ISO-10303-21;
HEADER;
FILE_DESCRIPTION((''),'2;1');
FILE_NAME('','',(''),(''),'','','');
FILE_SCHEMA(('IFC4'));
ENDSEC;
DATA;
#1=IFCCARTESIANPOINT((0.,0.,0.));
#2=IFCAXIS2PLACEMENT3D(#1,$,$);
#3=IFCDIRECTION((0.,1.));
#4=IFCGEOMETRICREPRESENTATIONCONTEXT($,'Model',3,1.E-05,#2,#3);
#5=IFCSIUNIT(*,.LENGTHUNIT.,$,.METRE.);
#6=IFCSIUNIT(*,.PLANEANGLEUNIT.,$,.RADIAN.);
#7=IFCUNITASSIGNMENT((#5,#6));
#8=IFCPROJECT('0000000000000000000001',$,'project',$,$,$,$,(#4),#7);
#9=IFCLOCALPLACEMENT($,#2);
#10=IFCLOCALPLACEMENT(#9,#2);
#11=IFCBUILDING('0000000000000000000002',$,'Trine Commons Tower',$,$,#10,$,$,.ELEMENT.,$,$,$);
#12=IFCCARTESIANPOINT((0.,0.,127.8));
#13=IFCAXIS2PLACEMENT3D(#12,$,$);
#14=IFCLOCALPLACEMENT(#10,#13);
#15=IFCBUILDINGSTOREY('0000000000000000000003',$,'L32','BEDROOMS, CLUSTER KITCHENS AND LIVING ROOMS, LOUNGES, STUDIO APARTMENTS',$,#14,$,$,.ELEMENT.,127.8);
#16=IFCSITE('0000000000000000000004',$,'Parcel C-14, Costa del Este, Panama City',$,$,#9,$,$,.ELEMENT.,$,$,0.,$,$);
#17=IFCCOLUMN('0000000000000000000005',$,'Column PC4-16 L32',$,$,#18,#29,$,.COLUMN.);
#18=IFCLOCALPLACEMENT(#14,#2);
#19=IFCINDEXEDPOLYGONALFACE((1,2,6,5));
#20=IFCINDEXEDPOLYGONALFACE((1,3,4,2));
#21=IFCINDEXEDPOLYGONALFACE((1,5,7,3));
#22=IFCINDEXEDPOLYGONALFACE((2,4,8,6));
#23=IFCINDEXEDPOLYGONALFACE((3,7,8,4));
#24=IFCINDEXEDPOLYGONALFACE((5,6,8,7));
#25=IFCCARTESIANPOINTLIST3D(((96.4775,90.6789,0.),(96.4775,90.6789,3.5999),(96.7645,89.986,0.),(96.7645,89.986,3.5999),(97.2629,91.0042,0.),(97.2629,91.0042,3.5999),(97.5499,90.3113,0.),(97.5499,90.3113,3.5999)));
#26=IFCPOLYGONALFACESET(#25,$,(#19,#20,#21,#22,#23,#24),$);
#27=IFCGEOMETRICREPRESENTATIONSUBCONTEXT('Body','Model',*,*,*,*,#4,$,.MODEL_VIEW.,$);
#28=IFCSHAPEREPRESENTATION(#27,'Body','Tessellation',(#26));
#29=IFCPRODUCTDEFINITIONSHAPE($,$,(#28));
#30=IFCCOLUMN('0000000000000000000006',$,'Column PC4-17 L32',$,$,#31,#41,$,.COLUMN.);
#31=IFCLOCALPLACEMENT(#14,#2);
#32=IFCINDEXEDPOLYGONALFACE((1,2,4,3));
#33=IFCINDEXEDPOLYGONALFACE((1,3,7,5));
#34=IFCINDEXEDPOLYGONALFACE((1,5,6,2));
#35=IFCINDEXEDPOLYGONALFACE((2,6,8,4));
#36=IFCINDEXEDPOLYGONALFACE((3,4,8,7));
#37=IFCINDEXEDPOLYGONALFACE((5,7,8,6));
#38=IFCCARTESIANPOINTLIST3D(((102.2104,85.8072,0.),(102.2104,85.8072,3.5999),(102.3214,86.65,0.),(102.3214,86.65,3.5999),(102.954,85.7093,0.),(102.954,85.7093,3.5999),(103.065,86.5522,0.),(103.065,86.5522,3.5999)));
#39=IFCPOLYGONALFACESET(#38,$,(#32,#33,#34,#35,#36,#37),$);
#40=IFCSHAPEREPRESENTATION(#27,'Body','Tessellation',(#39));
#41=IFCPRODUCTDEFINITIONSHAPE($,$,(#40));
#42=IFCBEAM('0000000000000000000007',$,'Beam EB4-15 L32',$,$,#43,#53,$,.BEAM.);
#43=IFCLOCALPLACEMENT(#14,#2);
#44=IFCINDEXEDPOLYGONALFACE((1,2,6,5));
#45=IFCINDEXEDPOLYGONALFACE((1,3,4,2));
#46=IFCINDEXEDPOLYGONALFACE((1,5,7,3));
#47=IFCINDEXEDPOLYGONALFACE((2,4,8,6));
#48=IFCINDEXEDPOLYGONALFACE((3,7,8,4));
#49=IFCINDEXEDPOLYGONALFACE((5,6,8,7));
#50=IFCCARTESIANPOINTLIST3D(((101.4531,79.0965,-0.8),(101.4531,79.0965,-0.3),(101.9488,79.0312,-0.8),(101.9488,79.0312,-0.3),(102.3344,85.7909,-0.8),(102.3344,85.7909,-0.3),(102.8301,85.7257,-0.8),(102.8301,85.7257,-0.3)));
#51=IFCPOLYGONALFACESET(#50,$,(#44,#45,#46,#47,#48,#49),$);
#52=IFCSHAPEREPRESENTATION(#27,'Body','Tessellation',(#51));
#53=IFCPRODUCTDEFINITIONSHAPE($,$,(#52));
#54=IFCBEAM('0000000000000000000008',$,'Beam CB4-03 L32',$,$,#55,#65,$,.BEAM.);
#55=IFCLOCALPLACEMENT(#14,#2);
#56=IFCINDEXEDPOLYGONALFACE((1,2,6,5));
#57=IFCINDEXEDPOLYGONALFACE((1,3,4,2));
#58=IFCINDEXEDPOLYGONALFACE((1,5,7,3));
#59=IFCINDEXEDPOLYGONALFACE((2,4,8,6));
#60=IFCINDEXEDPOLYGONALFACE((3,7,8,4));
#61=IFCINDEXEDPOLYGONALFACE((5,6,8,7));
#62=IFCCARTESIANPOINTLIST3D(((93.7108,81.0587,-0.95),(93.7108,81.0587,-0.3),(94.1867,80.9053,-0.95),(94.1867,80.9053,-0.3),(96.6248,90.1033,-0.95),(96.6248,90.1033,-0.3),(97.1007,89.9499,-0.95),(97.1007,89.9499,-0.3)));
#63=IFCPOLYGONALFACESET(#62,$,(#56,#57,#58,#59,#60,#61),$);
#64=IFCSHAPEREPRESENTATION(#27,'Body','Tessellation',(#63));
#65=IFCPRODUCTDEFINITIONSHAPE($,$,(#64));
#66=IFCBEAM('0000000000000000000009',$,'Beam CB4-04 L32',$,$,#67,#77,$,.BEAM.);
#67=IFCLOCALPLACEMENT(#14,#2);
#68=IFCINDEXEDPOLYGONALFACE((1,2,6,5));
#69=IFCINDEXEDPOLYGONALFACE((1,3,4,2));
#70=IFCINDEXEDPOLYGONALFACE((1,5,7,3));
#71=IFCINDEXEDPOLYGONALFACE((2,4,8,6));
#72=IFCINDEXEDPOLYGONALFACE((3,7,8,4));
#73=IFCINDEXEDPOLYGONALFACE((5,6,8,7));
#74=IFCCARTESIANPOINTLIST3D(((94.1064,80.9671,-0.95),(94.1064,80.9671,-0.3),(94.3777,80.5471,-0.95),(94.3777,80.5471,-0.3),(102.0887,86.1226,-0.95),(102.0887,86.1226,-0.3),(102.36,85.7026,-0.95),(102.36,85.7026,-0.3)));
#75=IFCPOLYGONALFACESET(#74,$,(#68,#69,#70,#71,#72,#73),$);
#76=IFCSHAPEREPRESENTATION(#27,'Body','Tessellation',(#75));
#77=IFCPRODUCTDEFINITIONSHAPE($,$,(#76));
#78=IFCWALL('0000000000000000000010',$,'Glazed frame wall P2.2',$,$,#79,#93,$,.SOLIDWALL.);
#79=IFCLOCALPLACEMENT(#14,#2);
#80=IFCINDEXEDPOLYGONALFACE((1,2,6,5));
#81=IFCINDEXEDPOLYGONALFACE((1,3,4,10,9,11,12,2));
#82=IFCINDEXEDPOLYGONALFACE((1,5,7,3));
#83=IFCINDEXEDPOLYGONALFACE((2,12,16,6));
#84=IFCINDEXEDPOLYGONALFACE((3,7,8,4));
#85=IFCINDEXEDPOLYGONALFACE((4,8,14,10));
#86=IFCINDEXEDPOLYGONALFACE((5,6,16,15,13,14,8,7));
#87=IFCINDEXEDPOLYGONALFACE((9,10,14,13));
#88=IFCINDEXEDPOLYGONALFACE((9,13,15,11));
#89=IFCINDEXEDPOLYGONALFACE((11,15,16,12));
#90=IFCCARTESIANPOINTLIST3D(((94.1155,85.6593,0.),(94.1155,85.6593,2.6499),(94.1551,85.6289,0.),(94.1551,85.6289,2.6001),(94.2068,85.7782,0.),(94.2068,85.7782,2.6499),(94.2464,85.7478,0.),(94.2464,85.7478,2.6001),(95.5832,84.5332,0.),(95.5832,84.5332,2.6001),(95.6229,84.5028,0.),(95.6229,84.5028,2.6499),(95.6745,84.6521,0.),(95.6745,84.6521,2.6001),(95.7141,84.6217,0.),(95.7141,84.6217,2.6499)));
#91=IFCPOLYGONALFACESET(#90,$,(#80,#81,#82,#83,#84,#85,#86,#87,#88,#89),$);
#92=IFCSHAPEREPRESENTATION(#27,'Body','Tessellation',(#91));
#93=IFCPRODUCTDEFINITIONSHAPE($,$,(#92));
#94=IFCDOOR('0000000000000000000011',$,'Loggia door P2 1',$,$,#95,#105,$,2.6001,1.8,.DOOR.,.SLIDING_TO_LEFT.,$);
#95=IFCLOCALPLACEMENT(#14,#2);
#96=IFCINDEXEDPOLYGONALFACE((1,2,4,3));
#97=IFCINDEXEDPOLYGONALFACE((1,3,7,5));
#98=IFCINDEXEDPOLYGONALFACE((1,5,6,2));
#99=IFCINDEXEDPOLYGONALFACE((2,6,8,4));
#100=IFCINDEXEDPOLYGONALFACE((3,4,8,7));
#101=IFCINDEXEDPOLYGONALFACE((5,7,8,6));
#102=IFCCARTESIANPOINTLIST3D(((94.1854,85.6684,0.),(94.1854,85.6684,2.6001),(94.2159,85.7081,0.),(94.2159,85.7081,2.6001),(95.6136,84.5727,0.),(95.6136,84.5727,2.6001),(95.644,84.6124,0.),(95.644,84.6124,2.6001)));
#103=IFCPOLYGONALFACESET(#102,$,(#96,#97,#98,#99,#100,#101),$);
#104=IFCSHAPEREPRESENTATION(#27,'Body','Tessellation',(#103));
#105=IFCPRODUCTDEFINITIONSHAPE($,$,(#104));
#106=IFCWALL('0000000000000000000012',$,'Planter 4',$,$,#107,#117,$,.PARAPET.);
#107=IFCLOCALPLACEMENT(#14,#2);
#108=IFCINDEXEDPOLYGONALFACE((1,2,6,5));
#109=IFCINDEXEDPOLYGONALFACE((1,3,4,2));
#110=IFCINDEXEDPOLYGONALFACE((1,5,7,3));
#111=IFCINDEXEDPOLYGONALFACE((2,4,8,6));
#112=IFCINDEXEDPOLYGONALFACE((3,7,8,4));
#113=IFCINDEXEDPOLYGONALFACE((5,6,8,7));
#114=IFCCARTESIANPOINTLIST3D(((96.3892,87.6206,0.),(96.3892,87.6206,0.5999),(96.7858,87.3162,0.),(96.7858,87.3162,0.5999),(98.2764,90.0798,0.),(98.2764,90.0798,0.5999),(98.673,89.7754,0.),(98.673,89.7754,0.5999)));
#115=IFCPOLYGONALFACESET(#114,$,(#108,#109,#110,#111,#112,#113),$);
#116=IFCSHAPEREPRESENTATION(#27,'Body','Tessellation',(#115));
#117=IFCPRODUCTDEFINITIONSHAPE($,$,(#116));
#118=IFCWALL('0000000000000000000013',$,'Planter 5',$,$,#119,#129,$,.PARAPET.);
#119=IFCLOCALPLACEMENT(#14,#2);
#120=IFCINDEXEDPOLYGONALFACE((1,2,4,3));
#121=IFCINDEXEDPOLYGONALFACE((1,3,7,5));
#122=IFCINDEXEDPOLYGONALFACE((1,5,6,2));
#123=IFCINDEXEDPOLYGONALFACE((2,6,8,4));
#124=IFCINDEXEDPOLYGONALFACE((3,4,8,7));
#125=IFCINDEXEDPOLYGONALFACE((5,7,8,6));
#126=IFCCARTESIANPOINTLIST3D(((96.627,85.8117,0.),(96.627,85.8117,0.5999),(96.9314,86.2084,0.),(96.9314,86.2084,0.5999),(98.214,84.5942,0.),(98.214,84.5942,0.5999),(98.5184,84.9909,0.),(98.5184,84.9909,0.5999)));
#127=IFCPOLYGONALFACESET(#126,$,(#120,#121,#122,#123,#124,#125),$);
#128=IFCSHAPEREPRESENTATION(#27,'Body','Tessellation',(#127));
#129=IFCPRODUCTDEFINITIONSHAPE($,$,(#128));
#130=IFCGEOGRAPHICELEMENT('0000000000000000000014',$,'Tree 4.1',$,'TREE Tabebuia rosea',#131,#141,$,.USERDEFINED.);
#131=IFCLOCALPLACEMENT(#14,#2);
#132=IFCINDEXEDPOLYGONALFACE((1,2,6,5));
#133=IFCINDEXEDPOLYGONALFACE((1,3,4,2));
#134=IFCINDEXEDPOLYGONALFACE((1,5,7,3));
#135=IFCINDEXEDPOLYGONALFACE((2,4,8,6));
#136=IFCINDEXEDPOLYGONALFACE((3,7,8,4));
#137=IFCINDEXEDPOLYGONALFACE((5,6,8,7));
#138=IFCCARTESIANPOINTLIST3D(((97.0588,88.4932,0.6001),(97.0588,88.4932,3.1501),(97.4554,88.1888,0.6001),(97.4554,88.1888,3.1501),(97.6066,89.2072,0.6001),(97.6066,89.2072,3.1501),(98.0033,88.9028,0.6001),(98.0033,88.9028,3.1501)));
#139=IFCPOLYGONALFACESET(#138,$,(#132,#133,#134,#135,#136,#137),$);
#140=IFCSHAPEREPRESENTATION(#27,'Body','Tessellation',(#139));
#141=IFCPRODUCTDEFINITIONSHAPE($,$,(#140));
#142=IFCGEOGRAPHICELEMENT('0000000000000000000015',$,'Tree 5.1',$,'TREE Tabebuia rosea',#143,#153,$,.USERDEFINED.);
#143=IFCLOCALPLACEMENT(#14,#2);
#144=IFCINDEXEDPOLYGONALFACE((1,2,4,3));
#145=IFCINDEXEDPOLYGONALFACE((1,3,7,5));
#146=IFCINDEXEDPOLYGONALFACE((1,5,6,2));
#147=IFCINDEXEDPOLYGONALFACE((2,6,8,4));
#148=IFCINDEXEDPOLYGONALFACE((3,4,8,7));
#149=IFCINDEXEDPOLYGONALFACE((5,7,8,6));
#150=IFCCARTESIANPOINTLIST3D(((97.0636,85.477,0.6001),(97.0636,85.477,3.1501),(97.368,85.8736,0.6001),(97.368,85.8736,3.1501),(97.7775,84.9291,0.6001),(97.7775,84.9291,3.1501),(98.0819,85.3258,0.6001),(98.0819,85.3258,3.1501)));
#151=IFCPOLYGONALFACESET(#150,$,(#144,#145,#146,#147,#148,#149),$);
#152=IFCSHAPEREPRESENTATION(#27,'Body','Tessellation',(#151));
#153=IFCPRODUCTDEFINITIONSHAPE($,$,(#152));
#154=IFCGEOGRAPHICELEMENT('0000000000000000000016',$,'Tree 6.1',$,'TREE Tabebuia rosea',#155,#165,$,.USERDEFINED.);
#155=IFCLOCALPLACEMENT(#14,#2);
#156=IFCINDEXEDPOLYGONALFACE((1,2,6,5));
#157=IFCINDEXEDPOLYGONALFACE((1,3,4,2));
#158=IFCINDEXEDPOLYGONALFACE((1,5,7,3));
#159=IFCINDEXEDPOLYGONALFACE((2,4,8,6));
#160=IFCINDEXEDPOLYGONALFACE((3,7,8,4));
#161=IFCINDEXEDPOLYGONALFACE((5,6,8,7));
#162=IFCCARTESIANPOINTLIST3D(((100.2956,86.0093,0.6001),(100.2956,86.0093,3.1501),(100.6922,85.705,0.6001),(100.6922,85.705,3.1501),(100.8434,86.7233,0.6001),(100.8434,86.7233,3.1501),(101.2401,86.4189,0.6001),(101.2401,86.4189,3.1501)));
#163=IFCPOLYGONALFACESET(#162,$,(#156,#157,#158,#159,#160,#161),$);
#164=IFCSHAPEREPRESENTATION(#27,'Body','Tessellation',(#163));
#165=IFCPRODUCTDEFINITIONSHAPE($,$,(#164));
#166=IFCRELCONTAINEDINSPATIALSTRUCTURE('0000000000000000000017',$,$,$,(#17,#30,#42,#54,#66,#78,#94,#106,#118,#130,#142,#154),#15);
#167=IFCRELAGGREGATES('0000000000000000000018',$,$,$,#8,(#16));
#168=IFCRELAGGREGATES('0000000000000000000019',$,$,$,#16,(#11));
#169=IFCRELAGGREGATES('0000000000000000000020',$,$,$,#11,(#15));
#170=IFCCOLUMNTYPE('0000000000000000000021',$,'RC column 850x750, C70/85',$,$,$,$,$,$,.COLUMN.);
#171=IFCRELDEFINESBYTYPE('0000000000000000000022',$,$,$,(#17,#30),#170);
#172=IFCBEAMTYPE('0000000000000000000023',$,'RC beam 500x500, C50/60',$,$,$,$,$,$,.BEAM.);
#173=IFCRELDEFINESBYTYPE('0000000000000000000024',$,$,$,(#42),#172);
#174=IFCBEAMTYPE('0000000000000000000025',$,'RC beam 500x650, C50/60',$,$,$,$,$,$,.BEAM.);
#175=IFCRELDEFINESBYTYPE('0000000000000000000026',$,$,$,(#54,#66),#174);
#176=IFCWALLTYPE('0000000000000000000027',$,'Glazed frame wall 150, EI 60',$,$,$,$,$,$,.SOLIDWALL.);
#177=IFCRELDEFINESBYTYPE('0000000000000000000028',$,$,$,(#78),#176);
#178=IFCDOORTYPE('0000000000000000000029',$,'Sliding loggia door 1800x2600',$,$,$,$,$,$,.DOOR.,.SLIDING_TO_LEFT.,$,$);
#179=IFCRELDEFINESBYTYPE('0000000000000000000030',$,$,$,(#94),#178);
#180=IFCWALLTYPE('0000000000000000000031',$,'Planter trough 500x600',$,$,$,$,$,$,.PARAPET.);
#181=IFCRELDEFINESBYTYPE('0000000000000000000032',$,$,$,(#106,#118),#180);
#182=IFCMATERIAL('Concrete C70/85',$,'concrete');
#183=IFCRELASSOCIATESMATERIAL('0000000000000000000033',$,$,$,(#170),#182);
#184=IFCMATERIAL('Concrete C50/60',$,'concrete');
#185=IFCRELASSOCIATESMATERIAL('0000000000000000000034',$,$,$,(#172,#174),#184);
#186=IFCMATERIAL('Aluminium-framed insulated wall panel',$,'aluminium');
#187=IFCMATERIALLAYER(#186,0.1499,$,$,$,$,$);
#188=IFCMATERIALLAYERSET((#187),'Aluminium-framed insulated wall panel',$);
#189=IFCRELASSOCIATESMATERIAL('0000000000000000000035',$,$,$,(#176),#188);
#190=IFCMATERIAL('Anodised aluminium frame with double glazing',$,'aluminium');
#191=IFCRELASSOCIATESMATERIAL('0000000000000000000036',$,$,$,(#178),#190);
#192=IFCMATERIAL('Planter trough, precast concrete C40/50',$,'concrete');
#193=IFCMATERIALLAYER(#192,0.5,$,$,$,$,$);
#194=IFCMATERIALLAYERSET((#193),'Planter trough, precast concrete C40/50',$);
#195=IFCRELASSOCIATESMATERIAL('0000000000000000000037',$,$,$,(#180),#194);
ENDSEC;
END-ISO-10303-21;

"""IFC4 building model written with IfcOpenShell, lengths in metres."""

from ifc_helpers import new_model, si_unit, direction, frame, frame_2d, origin, origin_2d, place, context, subcontext, project, spatial, polyline, rectangle, outline, extrude, material, layer, layer_set, material_profile, profile_set, type_object, element, fill, save


model = new_model("IFC4")

# Units and contexts
model_context = context("Model", 3, precision=1e-05, world=origin(), true_north=direction((0.0, 1.0)))
body_context = subcontext(model_context, "Body", "Model", "MODEL_VIEW")
ifc_project = project(units=[si_unit("LENGTHUNIT", "METRE"), si_unit("PLANEANGLEUNIT", "RADIAN")], contexts=[model_context])

# Site, building, storey
site_placement = place(None, origin())
site = spatial("IfcSite", under=ifc_project, at=site_placement, Name="Parcel C-14, Costa del Este, Panama City", CompositionType="ELEMENT", RefElevation=0.0)
building_placement = place(site_placement, origin())
building = spatial("IfcBuilding", under=site, at=building_placement, Name="Trine Commons Tower", CompositionType="ELEMENT")
storey_placement = place(building_placement, frame((0.0, 0.0, 127.8)))
storey = spatial("IfcBuildingStorey", under=building, at=storey_placement, Name="L32", Description="BEDROOMS, CLUSTER KITCHENS AND LIVING ROOMS, LOUNGES, STUDIO APARTMENTS", CompositionType="ELEMENT", Elevation=127.8)

# Columns
ifc_material_1 = material(Name="Concrete C70/85", Category="concrete")
ifc_material_profile_1 = material_profile(ifc_material_1, rectangle(XDim=0.8501, YDim=0.75, at=origin_2d()), Name="RC 850x750")
ifc_profile_set_1 = profile_set([ifc_material_profile_1], Name="Concrete C70/85")
column_type = type_object("IfcColumnType", Name="RC column 850x750, C70/85", PredefinedType="COLUMN", material=ifc_profile_set_1)
for number, where, z_axis, x_axis, name in (
    (1, (97.0137, 90.4951, 0.0), (0.0, 0.0, 1.0), (0.92388, 0.382683, 0.0), "Column PC4-16 L32"),
    (2, (102.6377, 86.1797, 0.0), (0.0, 0.0, 1.0), (0.130526, 0.991445, 0.0), "Column PC4-17 L32"),
):
    element("IfcColumn", number, at=place(storey_placement, frame(where, z_axis=z_axis, x_axis=x_axis)), inside=storey, type_object=column_type, Name=name, PredefinedType="COLUMN", context=body_context, shape_type="SweptSolid", body=[
        extrude(rectangle(XDim=0.8501, YDim=0.75, at=origin_2d()), origin(), (0.0, 0.0, 1.0), 3.5999),
    ])

# Beams
ifc_material_2 = material(Name="Concrete C50/60", Category="concrete")
ifc_material_profile_2 = material_profile(ifc_material_2, rectangle(XDim=0.5, YDim=0.5, at=origin_2d()), Name="RC 500x500")
ifc_profile_set_2 = profile_set([ifc_material_profile_2], Name="Concrete C50/60")
beam_type_1 = type_object("IfcBeamType", Name="RC beam 500x500, C50/60", PredefinedType="BEAM", material=ifc_profile_set_2)
beam_placement = place(storey_placement, frame((102.5823, 85.7583, -0.55), z_axis=(-0.130529, -0.991444, 0.0), x_axis=(0.991444, -0.130529, 0.0)))
element("IfcBeam", 3, at=beam_placement, inside=storey, type_object=beam_type_1, Name="Beam EB4-15 L32", PredefinedType="BEAM", context=body_context, shape_type="SweptSolid", body=[
    extrude(rectangle(XDim=0.5, YDim=0.5, at=origin_2d()), origin(), (0.0, 0.0, 1.0), 6.7522),
])
ifc_material_profile_3 = material_profile(ifc_material_2, rectangle(XDim=0.5, YDim=0.6499, at=origin_2d()), Name="RC 500x650")
ifc_profile_set_3 = profile_set([ifc_material_profile_3], Name="Concrete C50/60")
beam_type_2 = type_object("IfcBeamType", Name="RC beam 500x650, C50/60", PredefinedType="BEAM", material=ifc_profile_set_3)
for number, where, z_axis, x_axis, name in (
    (4, (96.8628, 90.0266, -0.625), (-0.306662, -0.951818, 0.0), (0.951818, -0.306662, 0.0), "Beam CB4-03 L32"),
    (5, (102.2244, 85.9126, -0.625), (-0.84003, -0.542541, 0.0), (0.542541, -0.84003, 0.0), "Beam CB4-04 L32"),
):
    element("IfcBeam", number, at=place(storey_placement, frame(where, z_axis=z_axis, x_axis=x_axis)), inside=storey, type_object=beam_type_2, Name=name, PredefinedType="BEAM", context=body_context, shape_type="SweptSolid", body=[
        extrude(rectangle(XDim=0.5, YDim=0.6499, at=origin_2d()), origin(), (0.0, 0.0, 1.0), 9.5024),
    ])

# Shared definitions
ifc_material_3 = material(Name="Aluminium-framed insulated wall panel", Category="aluminium")
ifc_layer_1 = layer(ifc_material_3, 0.1499)
ifc_layer_set_1 = layer_set([ifc_layer_1], Name="Aluminium-framed insulated wall panel")
wall_type_1 = type_object("IfcWallType", Name="Glazed frame wall 150, EI 60", PredefinedType="SOLIDWALL", material=ifc_layer_set_1)

# Wall, opening, door
wall_1_placement = place(storey_placement, frame((94.1611, 85.7188, 0.0), z_axis=(0.0, 0.0, 1.0), x_axis=(0.793383, -0.608723, 0.0)))
wall_1 = element("IfcWall", 6, at=wall_1_placement, inside=storey, type_object=wall_type_1, Name="Glazed frame wall P2.2", PredefinedType="SOLIDWALL", context=body_context, shape_type="SweptSolid", body=[
    extrude(outline(polyline([(0.0, -0.075), (1.8999, -0.075), (1.8999, 0.075), (0.0, 0.075), (0.0, -0.075)])), origin(), (0.0, 0.0, 1.0), 2.6499),
])
opening_placement = place(wall_1_placement, frame((0.05, 0.0, 0.0)))
opening = element("IfcOpeningElement", 7, at=opening_placement, cuts=wall_1, PredefinedType="OPENING", context=body_context, shape_type="SweptSolid", body=[
    extrude(rectangle(XDim=1.8, YDim=2.6001, at=frame_2d((0.8999, 1.3))), frame((0.0, 0.085, 0.0), z_axis=(0.0, -1.0, 0.0), x_axis=(1.0, 0.0, 0.0)), (0.0, 0.0, 1.0), 0.1699),
])
ifc_material_4 = material(Name="Anodised aluminium frame with double glazing", Category="aluminium")
door_type = type_object("IfcDoorType", Name="Sliding loggia door 1800x2600", OperationType="SLIDING_TO_LEFT", PredefinedType="DOOR", material=ifc_material_4)
door_placement = place(opening_placement, origin())
door = element("IfcDoor", 8, at=door_placement, inside=storey, type_object=door_type, Name="Loggia door P2 1", OperationType="SLIDING_TO_LEFT", OverallHeight=2.6001, OverallWidth=1.8, PredefinedType="DOOR", context=body_context, shape_type="SweptSolid", body=[
    extrude(rectangle(XDim=1.8, YDim=2.6001, at=frame_2d((0.8999, 1.3))), frame((0.0, 0.0249, 0.0), z_axis=(0.0, -1.0, 0.0), x_axis=(1.0, 0.0, 0.0)), (0.0, 0.0, 1.0), 0.05),
])
fill(opening, door)

# Walls
ifc_material_5 = material(Name="Planter trough, precast concrete C40/50", Category="concrete")
ifc_layer_2 = layer(ifc_material_5, 0.5)
ifc_layer_set_2 = layer_set([ifc_layer_2], Name="Planter trough, precast concrete C40/50")
wall_type_2 = type_object("IfcWallType", Name="Planter trough 500x600", PredefinedType="PARAPET", material=ifc_layer_set_2)
wall_2_placement = place(storey_placement, frame((98.4746, 89.9275, 0.0), z_axis=(0.0, 0.0, 1.0), x_axis=(-0.608797, -0.793326, 0.0)))
element("IfcWall", 9, at=wall_2_placement, inside=storey, type_object=wall_type_2, Name="Planter 4", PredefinedType="PARAPET", context=body_context, shape_type="SweptSolid", body=[
    extrude(rectangle(XDim=3.0999, YDim=0.5, at=frame_2d((1.5498, 0.0))), origin(), (0.0, 0.0, 1.0), 0.5999),
])
wall_3_placement = place(storey_placement, frame((96.7793, 86.01, 0.0), z_axis=(0.0, 0.0, 1.0), x_axis=(0.79339, -0.608713, 0.0)))
element("IfcWall", 10, at=wall_3_placement, inside=storey, type_object=wall_type_2, Name="Planter 5", PredefinedType="PARAPET", context=body_context, shape_type="SweptSolid", body=[
    extrude(rectangle(XDim=2.0002, YDim=0.5, at=frame_2d((1.0, 0.0))), origin(), (0.0, 0.0, 1.0), 0.5999),
])

# Geographic elements
for number, where, z_axis, x_axis, name in (
    (11, (97.531, 88.698, 0.6001), (0.0, 0.0, 1.0), (-0.608755, -0.793359, 0.0), "Tree 4.1"),
    (12, (97.5728, 85.4014, 0.6001), (0.0, 0.0, 1.0), (0.793335, -0.608785, 0.0), "Tree 5.1"),
    (13, (100.7678, 86.2141, 0.6001), (0.0, 0.0, 1.0), (0.608768, 0.793348, 0.0), "Tree 6.1"),
):
    element("IfcGeographicElement", number, at=place(storey_placement, frame(where, z_axis=z_axis, x_axis=x_axis)), inside=storey, Name=name, ObjectType="TREE Tabebuia rosea", PredefinedType="USERDEFINED", context=body_context, shape_type="SweptSolid", body=[
        extrude(rectangle(XDim=0.8999, YDim=0.5, at=origin_2d()), origin(), (0.0, 0.0, 1.0), 2.55),
    ])

save(model, "model.ifc")
